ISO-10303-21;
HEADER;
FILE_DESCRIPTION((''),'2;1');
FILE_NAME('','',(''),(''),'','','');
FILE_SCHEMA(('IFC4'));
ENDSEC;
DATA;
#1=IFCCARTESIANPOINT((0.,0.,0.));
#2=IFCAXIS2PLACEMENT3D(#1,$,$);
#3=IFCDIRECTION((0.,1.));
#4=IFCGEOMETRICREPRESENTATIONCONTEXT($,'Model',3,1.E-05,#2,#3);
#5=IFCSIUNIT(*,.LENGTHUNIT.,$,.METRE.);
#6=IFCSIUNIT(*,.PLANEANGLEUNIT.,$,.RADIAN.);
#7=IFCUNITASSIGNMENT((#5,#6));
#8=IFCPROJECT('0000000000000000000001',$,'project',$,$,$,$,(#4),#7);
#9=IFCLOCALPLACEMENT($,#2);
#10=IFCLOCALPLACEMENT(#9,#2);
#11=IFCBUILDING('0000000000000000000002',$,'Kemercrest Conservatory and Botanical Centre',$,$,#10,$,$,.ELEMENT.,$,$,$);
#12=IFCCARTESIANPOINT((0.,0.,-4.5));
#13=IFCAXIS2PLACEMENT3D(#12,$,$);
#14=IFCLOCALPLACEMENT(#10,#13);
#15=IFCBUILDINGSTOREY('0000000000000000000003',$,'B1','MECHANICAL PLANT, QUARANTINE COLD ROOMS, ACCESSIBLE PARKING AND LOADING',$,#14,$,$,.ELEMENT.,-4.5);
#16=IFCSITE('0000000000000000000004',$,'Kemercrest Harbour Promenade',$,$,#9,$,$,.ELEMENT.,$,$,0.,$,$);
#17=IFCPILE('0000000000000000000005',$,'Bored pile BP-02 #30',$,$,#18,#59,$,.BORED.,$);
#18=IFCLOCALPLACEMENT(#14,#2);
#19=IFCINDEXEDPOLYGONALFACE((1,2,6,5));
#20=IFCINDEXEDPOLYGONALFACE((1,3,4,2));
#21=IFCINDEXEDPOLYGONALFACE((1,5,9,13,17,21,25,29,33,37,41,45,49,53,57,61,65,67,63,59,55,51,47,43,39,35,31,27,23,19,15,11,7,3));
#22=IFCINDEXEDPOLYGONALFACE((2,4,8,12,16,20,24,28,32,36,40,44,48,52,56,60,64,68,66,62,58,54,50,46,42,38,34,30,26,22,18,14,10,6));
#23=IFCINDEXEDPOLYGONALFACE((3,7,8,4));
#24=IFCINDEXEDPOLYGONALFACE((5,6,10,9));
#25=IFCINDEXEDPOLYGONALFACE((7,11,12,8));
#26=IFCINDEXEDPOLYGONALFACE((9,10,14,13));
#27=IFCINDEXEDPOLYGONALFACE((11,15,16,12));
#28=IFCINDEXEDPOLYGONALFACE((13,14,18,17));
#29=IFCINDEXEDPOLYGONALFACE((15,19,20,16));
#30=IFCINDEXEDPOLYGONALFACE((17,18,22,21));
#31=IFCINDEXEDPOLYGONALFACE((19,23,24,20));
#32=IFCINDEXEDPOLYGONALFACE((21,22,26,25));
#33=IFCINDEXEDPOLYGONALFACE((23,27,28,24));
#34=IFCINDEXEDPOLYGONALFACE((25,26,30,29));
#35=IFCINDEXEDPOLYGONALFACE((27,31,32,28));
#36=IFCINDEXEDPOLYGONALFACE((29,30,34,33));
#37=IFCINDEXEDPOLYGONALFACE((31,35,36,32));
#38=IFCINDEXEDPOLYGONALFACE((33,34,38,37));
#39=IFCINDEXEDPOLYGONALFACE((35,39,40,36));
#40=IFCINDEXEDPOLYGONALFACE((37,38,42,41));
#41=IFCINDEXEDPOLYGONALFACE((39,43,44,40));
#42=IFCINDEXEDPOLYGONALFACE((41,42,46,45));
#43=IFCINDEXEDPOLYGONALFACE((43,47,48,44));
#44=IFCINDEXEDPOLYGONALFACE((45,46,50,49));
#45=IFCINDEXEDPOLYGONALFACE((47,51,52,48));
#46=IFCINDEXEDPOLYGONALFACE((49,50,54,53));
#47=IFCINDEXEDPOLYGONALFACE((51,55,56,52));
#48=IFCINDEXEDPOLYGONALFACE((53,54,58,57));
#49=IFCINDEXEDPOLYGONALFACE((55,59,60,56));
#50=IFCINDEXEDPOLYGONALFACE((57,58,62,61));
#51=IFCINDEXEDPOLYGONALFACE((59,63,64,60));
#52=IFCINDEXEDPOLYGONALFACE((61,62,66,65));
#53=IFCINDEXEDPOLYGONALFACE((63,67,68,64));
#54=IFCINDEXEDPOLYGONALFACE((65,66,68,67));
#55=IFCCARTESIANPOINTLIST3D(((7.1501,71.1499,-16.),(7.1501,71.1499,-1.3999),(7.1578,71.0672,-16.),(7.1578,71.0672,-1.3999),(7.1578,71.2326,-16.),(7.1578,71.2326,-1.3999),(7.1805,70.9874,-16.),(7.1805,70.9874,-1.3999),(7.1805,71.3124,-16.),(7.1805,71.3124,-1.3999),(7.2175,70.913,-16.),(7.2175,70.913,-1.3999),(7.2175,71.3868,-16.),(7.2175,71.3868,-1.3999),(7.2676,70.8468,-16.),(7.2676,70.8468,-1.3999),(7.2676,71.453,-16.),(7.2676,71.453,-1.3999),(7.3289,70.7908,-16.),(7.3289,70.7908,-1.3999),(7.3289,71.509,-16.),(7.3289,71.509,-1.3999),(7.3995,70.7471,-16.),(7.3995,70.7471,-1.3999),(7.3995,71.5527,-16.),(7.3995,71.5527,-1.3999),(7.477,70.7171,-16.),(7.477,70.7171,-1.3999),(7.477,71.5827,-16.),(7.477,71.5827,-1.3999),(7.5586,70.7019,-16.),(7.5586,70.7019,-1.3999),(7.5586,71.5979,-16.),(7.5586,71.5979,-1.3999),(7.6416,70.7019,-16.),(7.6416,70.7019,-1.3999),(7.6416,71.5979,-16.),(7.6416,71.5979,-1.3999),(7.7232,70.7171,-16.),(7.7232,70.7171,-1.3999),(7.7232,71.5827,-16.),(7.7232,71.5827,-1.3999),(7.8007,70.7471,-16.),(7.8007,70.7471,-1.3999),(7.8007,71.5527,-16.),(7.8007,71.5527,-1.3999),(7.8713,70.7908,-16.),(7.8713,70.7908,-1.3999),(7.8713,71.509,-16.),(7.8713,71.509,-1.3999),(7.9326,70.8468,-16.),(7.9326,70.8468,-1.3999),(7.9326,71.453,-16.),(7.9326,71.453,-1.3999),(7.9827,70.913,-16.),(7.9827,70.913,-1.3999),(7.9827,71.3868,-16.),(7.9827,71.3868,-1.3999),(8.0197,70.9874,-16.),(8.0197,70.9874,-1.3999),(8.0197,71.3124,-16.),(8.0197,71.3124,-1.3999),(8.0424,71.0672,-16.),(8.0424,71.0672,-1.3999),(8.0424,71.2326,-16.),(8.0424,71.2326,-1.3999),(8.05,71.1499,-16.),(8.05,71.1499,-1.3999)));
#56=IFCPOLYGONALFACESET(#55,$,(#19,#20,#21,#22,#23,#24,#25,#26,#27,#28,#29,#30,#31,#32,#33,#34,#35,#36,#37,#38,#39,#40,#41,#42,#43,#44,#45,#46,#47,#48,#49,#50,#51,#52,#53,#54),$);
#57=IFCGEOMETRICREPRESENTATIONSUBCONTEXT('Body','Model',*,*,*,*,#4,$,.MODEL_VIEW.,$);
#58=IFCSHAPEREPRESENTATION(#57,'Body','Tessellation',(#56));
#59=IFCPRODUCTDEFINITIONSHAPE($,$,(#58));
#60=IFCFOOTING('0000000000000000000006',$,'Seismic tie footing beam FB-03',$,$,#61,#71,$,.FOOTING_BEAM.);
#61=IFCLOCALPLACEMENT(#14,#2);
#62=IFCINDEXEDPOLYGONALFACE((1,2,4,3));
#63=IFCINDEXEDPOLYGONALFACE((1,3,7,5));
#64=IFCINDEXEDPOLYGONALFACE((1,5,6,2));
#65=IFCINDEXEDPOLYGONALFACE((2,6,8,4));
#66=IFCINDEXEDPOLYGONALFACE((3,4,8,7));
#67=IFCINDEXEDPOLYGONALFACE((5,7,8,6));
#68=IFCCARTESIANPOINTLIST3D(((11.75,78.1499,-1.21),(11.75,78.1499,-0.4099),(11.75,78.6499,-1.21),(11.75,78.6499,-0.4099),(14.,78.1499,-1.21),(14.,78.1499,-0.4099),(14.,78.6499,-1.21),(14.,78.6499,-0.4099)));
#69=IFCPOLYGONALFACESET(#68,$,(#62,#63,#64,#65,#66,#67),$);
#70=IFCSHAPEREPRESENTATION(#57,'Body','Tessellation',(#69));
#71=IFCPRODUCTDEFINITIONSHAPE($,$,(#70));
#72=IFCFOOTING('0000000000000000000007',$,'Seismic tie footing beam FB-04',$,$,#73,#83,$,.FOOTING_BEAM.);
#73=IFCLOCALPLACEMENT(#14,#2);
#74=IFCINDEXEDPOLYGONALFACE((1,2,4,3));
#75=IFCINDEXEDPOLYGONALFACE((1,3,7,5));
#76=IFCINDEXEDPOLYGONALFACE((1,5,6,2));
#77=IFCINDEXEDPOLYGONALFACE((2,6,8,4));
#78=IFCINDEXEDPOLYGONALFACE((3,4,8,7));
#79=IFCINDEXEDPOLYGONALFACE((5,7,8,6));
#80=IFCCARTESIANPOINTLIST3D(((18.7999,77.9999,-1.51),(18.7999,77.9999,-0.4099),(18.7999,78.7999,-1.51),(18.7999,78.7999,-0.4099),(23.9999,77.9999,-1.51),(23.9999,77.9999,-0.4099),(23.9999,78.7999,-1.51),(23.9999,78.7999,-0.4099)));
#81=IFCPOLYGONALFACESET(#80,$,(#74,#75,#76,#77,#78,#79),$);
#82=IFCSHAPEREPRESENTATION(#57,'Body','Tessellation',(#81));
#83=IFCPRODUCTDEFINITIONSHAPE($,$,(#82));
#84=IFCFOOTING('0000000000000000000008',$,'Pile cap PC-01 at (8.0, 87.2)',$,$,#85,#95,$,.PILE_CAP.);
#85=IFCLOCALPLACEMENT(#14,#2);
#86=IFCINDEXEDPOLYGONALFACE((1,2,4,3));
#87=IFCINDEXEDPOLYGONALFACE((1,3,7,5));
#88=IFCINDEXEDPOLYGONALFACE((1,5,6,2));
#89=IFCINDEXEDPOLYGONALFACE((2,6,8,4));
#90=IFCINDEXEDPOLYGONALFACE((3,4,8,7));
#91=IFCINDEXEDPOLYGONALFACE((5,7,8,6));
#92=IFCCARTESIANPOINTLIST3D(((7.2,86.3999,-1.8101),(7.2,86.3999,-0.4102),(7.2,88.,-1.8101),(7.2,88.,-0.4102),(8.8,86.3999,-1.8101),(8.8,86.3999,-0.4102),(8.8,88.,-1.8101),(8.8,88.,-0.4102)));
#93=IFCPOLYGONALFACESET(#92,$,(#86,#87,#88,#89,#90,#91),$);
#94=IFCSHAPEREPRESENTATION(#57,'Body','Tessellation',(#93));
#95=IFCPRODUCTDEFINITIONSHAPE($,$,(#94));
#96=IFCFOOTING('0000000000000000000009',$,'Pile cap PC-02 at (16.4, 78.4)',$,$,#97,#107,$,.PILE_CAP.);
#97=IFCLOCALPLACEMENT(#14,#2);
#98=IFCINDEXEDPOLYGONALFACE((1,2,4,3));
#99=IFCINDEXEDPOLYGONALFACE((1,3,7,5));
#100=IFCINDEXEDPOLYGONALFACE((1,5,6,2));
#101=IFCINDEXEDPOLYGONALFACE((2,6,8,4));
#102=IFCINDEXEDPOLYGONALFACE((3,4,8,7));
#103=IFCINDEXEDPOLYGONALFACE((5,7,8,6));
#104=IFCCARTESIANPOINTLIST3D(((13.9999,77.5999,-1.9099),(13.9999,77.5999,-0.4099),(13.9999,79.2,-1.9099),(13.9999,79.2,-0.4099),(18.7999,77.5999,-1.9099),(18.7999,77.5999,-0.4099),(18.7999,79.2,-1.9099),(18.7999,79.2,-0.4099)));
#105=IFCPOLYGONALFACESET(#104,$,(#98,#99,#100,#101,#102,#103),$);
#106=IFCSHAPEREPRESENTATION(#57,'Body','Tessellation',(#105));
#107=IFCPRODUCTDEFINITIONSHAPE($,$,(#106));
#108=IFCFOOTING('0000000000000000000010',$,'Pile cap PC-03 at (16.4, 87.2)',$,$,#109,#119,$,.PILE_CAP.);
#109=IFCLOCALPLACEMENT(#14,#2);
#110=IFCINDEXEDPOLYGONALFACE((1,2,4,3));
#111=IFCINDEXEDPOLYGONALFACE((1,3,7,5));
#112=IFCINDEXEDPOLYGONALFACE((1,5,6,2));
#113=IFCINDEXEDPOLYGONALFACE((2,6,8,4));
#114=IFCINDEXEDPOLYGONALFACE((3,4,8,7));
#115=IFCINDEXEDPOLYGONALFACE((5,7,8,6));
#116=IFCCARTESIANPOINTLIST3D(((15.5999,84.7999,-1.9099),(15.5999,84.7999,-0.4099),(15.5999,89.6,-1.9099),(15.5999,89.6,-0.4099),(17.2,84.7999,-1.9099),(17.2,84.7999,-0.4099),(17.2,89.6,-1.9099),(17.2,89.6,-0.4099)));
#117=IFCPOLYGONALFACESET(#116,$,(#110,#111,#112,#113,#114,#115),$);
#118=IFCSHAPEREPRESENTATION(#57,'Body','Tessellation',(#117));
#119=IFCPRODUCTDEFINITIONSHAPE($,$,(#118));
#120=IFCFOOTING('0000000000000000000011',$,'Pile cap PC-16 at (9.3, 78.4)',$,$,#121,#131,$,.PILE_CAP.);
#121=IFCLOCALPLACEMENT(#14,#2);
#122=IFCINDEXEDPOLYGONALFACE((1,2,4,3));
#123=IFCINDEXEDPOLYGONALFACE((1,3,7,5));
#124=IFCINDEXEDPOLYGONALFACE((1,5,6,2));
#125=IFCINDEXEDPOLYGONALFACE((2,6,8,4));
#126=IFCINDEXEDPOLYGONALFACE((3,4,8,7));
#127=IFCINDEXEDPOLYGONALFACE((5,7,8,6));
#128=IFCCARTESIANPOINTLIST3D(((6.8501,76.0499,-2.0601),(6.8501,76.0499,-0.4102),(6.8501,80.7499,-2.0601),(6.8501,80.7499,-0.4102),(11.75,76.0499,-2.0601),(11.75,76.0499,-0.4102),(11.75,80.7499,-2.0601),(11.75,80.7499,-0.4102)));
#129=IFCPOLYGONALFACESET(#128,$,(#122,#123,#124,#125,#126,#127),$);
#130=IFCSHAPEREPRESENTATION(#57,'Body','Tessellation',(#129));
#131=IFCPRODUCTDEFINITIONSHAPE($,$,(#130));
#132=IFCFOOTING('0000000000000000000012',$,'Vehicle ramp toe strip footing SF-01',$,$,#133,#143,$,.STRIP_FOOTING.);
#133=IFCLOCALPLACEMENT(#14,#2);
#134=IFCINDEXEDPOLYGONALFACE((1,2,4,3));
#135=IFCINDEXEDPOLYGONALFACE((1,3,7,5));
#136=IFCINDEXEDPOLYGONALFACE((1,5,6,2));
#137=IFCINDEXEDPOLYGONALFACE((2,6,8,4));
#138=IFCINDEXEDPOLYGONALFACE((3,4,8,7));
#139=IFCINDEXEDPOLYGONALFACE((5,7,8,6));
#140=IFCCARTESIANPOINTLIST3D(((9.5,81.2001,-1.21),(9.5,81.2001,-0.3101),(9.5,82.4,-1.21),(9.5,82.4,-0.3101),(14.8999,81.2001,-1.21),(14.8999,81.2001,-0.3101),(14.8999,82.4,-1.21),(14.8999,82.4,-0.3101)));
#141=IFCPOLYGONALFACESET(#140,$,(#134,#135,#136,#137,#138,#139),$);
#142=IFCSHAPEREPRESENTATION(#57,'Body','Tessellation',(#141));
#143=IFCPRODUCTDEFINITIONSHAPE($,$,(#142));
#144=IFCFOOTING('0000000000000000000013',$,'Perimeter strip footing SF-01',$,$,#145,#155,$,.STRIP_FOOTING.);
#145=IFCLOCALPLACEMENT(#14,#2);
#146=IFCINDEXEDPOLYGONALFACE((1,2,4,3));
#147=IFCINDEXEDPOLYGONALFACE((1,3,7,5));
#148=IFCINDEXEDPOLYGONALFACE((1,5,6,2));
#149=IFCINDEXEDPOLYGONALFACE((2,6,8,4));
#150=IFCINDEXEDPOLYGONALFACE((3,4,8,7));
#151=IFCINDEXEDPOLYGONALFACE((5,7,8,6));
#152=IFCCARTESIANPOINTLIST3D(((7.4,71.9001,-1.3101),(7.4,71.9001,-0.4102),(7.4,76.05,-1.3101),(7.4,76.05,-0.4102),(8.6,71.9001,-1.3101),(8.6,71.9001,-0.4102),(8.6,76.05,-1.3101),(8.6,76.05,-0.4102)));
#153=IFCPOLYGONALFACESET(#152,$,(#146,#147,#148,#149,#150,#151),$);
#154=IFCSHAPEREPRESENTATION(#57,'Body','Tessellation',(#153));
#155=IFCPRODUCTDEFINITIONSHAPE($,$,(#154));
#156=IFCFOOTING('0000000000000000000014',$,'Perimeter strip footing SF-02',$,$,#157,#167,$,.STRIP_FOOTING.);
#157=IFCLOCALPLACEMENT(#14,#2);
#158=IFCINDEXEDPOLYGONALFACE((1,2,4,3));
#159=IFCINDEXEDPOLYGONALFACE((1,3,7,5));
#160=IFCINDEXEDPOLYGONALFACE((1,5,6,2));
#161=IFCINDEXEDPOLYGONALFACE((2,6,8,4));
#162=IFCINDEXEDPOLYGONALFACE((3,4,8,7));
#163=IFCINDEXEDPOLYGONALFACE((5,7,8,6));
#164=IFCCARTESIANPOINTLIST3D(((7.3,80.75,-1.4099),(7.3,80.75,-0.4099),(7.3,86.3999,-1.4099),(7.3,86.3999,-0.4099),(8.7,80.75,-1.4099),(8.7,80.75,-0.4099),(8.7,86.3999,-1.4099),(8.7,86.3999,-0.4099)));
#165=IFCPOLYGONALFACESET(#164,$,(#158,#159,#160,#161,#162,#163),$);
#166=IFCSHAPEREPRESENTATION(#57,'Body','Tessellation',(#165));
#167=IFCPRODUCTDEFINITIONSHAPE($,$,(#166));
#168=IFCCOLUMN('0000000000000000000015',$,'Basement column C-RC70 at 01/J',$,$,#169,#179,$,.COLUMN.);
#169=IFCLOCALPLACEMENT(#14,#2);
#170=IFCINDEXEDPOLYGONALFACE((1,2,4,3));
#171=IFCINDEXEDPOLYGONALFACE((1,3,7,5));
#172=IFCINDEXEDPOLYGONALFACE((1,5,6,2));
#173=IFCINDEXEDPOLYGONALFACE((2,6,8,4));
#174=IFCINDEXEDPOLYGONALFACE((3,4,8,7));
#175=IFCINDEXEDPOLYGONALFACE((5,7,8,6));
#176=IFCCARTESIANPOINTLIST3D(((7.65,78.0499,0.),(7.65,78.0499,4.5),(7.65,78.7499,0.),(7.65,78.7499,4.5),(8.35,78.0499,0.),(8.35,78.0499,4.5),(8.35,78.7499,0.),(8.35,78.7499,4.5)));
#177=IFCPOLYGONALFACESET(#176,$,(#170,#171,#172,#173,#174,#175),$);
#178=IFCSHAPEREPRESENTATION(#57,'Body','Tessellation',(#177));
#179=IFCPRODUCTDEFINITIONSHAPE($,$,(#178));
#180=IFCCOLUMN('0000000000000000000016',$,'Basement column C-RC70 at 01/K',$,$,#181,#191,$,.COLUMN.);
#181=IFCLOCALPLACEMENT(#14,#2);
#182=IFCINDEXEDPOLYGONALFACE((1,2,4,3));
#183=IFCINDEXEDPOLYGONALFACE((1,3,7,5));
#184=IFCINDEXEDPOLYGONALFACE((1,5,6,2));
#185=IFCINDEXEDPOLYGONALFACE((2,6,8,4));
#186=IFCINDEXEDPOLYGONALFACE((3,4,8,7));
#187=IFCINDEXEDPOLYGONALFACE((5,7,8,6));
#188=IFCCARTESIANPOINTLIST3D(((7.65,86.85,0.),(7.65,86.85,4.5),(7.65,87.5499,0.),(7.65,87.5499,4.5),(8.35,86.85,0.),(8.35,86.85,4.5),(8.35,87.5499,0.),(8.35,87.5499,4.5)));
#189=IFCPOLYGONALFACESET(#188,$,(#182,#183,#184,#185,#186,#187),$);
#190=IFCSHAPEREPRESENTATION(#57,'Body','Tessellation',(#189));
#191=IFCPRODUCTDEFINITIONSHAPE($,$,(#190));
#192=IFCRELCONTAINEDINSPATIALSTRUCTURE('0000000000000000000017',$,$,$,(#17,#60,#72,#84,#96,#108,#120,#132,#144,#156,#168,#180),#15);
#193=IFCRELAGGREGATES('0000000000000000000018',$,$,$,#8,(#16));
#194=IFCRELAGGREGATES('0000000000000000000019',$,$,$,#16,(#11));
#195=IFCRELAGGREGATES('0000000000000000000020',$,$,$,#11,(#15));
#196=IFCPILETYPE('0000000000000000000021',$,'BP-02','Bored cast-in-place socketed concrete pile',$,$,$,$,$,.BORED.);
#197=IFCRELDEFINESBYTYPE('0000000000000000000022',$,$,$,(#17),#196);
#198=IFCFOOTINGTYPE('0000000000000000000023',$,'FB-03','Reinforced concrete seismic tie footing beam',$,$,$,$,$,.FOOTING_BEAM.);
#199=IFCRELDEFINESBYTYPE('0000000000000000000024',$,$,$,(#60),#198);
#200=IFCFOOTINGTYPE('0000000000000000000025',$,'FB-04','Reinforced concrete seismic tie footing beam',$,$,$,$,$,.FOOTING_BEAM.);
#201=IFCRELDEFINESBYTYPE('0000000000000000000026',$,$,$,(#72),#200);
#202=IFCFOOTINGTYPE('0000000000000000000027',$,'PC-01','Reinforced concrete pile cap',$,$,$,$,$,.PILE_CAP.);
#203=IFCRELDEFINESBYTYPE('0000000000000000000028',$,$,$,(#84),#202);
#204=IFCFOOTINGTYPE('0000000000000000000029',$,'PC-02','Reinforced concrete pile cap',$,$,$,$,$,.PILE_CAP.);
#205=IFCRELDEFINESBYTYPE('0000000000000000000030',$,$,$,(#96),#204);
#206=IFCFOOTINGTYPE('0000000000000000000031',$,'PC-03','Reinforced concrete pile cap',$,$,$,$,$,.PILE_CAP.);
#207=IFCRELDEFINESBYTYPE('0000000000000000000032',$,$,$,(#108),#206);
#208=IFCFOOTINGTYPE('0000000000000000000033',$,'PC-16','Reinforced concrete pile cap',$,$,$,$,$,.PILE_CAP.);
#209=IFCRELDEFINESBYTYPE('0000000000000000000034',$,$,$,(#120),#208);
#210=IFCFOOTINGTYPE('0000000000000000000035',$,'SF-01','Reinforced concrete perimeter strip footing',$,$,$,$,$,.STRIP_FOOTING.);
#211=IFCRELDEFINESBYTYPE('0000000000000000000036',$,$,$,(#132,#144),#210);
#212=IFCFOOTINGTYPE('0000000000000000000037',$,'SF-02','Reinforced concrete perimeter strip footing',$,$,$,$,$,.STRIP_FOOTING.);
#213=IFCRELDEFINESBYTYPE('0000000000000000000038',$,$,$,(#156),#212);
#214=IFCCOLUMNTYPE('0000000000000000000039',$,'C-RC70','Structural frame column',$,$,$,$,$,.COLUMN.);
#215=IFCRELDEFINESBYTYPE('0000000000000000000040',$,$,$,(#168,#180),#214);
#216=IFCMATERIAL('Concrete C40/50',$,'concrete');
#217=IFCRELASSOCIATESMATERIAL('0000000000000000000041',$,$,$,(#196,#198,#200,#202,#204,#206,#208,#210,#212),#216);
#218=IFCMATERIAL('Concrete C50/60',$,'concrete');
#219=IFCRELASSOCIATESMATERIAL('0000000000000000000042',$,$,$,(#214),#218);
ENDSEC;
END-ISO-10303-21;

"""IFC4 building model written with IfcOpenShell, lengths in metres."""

from ifc_helpers import new_model, si_unit, direction, frame, origin, origin_2d, place, context, subcontext, project, spatial, rectangle, circle, extrude, material, material_profile, profile_set, type_object, element, save


model = new_model("IFC4")

# Units and contexts
model_context = context("Model", 3, precision=1e-05, world=origin(), true_north=direction((0.0, 1.0)))
body_context = subcontext(model_context, "Body", "Model", "MODEL_VIEW")
ifc_project = project(units=[si_unit("LENGTHUNIT", "METRE"), si_unit("PLANEANGLEUNIT", "RADIAN")], contexts=[model_context])

# Site, building, storey
site_placement = place(None, origin())
site = spatial("IfcSite", under=ifc_project, at=site_placement, Name="Kemercrest Harbour Promenade", CompositionType="ELEMENT", RefElevation=0.0)
building_placement = place(site_placement, origin())
building = spatial("IfcBuilding", under=site, at=building_placement, Name="Kemercrest Conservatory and Botanical Centre", CompositionType="ELEMENT")
storey_placement = place(building_placement, frame((0.0, 0.0, -4.5)))
storey = spatial("IfcBuildingStorey", under=building, at=storey_placement, Name="B1", Description="MECHANICAL PLANT, QUARANTINE COLD ROOMS, ACCESSIBLE PARKING AND LOADING", CompositionType="ELEMENT", Elevation=-4.5)

# Pile
ifc_material_1 = material(Name="Concrete C40/50", Category="concrete")
ifc_material_profile_1 = material_profile(ifc_material_1, circle(Radius=0.45, at=origin_2d()), Name="BORED PILE 900")
ifc_profile_set_1 = profile_set([ifc_material_profile_1], Name="Concrete C40/50")
pile_type_1 = type_object("IfcPileType", Name="BP-02", Description="Bored cast-in-place socketed concrete pile", PredefinedType="BORED", material=ifc_profile_set_1)
pile_1_placement = place(storey_placement, frame((7.6001, 71.1499, -1.3999), z_axis=(0.0, 0.0, -1.0), x_axis=(1.0, 0.0, 0.0)))
element("IfcPile", 1, at=pile_1_placement, inside=storey, type_object=pile_type_1, Name="Bored pile BP-02 #30", PredefinedType="BORED", context=body_context, shape_type="SweptSolid", body=[
    extrude(circle(Radius=0.45, at=origin_2d()), origin(), (0.0, 0.0, 1.0), 14.6001),
])

# Footings
footing_type_1 = type_object("IfcFootingType", Name="FB-03", Description="Reinforced concrete seismic tie footing beam", PredefinedType="FOOTING_BEAM", material=ifc_material_1)
footing_1_placement = place(storey_placement, frame((12.875, 78.3999, -1.21), z_axis=(0.0, 0.0, 1.0), x_axis=(1.0, 0.0, 0.0)))
element("IfcFooting", 2, at=footing_1_placement, inside=storey, type_object=footing_type_1, Name="Seismic tie footing beam FB-03", PredefinedType="FOOTING_BEAM", context=body_context, shape_type="SweptSolid", body=[
    extrude(rectangle(XDim=2.25, YDim=0.5, at=origin_2d()), origin(), (0.0, 0.0, 1.0), 0.8),
])
footing_type_2 = type_object("IfcFootingType", Name="FB-04", Description="Reinforced concrete seismic tie footing beam", PredefinedType="FOOTING_BEAM", material=ifc_material_1)
footing_2_placement = place(storey_placement, frame((21.3999, 78.3999, -1.51), z_axis=(0.0, 0.0, 1.0), x_axis=(1.0, 0.0, 0.0)))
element("IfcFooting", 3, at=footing_2_placement, inside=storey, type_object=footing_type_2, Name="Seismic tie footing beam FB-04", PredefinedType="FOOTING_BEAM", context=body_context, shape_type="SweptSolid", body=[
    extrude(rectangle(XDim=5.2, YDim=0.8, at=origin_2d()), origin(), (0.0, 0.0, 1.0), 1.1001),
])
footing_type_3 = type_object("IfcFootingType", Name="PC-01", Description="Reinforced concrete pile cap", PredefinedType="PILE_CAP", material=ifc_material_1)
footing_3_placement = place(storey_placement, frame((8.0, 87.2, -1.8101), z_axis=(0.0, 0.0, 1.0), x_axis=(1.0, 0.0, 0.0)))
element("IfcFooting", 4, at=footing_3_placement, inside=storey, type_object=footing_type_3, Name="Pile cap PC-01 at (8.0, 87.2)", PredefinedType="PILE_CAP", context=body_context, shape_type="SweptSolid", body=[
    extrude(rectangle(XDim=1.6001, YDim=1.6001, at=origin_2d()), origin(), (0.0, 0.0, 1.0), 1.3999),
])
footing_type_4 = type_object("IfcFootingType", Name="PC-02", Description="Reinforced concrete pile cap", PredefinedType="PILE_CAP", material=ifc_material_1)
footing_4_placement = place(storey_placement, frame((16.3999, 78.3999, -1.9099), z_axis=(0.0, 0.0, 1.0), x_axis=(1.0, 0.0, 0.0)))
element("IfcFooting", 5, at=footing_4_placement, inside=storey, type_object=footing_type_4, Name="Pile cap PC-02 at (16.4, 78.4)", PredefinedType="PILE_CAP", context=body_context, shape_type="SweptSolid", body=[
    extrude(rectangle(XDim=4.8, YDim=1.6001, at=origin_2d()), origin(), (0.0, 0.0, 1.0), 1.5),
])
footing_type_5 = type_object("IfcFootingType", Name="PC-03", Description="Reinforced concrete pile cap", PredefinedType="PILE_CAP", material=ifc_material_1)
footing_5_placement = place(storey_placement, frame((16.3999, 87.2, -1.9099), z_axis=(0.0, 0.0, 1.0), x_axis=(1.0, 0.0, 0.0)))
element("IfcFooting", 6, at=footing_5_placement, inside=storey, type_object=footing_type_5, Name="Pile cap PC-03 at (16.4, 87.2)", PredefinedType="PILE_CAP", context=body_context, shape_type="SweptSolid", body=[
    extrude(rectangle(XDim=1.6001, YDim=4.8, at=origin_2d()), origin(), (0.0, 0.0, 1.0), 1.5),
])
footing_type_6 = type_object("IfcFootingType", Name="PC-16", Description="Reinforced concrete pile cap", PredefinedType="PILE_CAP", material=ifc_material_1)
footing_6_placement = place(storey_placement, frame((9.3, 78.3999, -2.0601), z_axis=(0.0, 0.0, 1.0), x_axis=(1.0, 0.0, 0.0)))
element("IfcFooting", 7, at=footing_6_placement, inside=storey, type_object=footing_type_6, Name="Pile cap PC-16 at (9.3, 78.4)", PredefinedType="PILE_CAP", context=body_context, shape_type="SweptSolid", body=[
    extrude(rectangle(XDim=4.8999, YDim=4.7, at=origin_2d()), origin(), (0.0, 0.0, 1.0), 1.6499),
])
footing_type_7 = type_object("IfcFootingType", Name="SF-01", Description="Reinforced concrete perimeter strip footing", PredefinedType="STRIP_FOOTING", material=ifc_material_1)
footing_7_placement = place(storey_placement, frame((12.2, 81.8, -1.21), z_axis=(0.0, 0.0, 1.0), x_axis=(1.0, 0.0, 0.0)))
element("IfcFooting", 8, at=footing_7_placement, inside=storey, type_object=footing_type_7, Name="Vehicle ramp toe strip footing SF-01", PredefinedType="STRIP_FOOTING", context=body_context, shape_type="SweptSolid", body=[
    extrude(rectangle(XDim=5.3999, YDim=1.2, at=origin_2d()), origin(), (0.0, 0.0, 1.0), 0.8999),
])
footing_8_placement = place(storey_placement, frame((8.0, 73.9751, -1.3101), z_axis=(0.0, 0.0, 1.0), x_axis=(1.0, 0.0, 0.0)))
element("IfcFooting", 9, at=footing_8_placement, inside=storey, type_object=footing_type_7, Name="Perimeter strip footing SF-01", PredefinedType="STRIP_FOOTING", context=body_context, shape_type="SweptSolid", body=[
    extrude(rectangle(XDim=1.2, YDim=4.1499, at=origin_2d()), origin(), (0.0, 0.0, 1.0), 0.8999),
])
footing_type_8 = type_object("IfcFootingType", Name="SF-02", Description="Reinforced concrete perimeter strip footing", PredefinedType="STRIP_FOOTING", material=ifc_material_1)
footing_9_placement = place(storey_placement, frame((8.0, 83.575, -1.4099), z_axis=(0.0, 0.0, 1.0), x_axis=(1.0, 0.0, 0.0)))
element("IfcFooting", 10, at=footing_9_placement, inside=storey, type_object=footing_type_8, Name="Perimeter strip footing SF-02", PredefinedType="STRIP_FOOTING", context=body_context, shape_type="SweptSolid", body=[
    extrude(rectangle(XDim=1.3999, YDim=5.6499, at=origin_2d()), origin(), (0.0, 0.0, 1.0), 1.0),
])

# Columns
ifc_material_2 = material(Name="Concrete C50/60", Category="concrete")
ifc_material_profile_2 = material_profile(ifc_material_2, rectangle(XDim=0.7, YDim=0.7, at=origin_2d()), Name="RC 700x700")
ifc_profile_set_2 = profile_set([ifc_material_profile_2], Name="Concrete C50/60")
column_type = type_object("IfcColumnType", Name="C-RC70", Description="Structural frame column", PredefinedType="COLUMN", material=ifc_profile_set_2)
for number, where, z_axis, x_axis, name in (
    (11, (8.0, 78.3999, 0.0), (0.0, 0.0, 1.0), (1.0, 0.0, 0.0), "Basement column C-RC70 at 01/J"),
    (12, (8.0, 87.2, 0.0), (0.0, 0.0, 1.0), (1.0, 0.0, 0.0), "Basement column C-RC70 at 01/K"),
):
    element("IfcColumn", number, at=place(storey_placement, frame(where, z_axis=z_axis, x_axis=x_axis)), inside=storey, type_object=column_type, Name=name, PredefinedType="COLUMN", context=body_context, shape_type="SweptSolid", body=[
        extrude(rectangle(XDim=0.7, YDim=0.7, at=origin_2d()), origin(), (0.0, 0.0, 1.0), 4.5),
    ])

save(model, "model.ifc")
